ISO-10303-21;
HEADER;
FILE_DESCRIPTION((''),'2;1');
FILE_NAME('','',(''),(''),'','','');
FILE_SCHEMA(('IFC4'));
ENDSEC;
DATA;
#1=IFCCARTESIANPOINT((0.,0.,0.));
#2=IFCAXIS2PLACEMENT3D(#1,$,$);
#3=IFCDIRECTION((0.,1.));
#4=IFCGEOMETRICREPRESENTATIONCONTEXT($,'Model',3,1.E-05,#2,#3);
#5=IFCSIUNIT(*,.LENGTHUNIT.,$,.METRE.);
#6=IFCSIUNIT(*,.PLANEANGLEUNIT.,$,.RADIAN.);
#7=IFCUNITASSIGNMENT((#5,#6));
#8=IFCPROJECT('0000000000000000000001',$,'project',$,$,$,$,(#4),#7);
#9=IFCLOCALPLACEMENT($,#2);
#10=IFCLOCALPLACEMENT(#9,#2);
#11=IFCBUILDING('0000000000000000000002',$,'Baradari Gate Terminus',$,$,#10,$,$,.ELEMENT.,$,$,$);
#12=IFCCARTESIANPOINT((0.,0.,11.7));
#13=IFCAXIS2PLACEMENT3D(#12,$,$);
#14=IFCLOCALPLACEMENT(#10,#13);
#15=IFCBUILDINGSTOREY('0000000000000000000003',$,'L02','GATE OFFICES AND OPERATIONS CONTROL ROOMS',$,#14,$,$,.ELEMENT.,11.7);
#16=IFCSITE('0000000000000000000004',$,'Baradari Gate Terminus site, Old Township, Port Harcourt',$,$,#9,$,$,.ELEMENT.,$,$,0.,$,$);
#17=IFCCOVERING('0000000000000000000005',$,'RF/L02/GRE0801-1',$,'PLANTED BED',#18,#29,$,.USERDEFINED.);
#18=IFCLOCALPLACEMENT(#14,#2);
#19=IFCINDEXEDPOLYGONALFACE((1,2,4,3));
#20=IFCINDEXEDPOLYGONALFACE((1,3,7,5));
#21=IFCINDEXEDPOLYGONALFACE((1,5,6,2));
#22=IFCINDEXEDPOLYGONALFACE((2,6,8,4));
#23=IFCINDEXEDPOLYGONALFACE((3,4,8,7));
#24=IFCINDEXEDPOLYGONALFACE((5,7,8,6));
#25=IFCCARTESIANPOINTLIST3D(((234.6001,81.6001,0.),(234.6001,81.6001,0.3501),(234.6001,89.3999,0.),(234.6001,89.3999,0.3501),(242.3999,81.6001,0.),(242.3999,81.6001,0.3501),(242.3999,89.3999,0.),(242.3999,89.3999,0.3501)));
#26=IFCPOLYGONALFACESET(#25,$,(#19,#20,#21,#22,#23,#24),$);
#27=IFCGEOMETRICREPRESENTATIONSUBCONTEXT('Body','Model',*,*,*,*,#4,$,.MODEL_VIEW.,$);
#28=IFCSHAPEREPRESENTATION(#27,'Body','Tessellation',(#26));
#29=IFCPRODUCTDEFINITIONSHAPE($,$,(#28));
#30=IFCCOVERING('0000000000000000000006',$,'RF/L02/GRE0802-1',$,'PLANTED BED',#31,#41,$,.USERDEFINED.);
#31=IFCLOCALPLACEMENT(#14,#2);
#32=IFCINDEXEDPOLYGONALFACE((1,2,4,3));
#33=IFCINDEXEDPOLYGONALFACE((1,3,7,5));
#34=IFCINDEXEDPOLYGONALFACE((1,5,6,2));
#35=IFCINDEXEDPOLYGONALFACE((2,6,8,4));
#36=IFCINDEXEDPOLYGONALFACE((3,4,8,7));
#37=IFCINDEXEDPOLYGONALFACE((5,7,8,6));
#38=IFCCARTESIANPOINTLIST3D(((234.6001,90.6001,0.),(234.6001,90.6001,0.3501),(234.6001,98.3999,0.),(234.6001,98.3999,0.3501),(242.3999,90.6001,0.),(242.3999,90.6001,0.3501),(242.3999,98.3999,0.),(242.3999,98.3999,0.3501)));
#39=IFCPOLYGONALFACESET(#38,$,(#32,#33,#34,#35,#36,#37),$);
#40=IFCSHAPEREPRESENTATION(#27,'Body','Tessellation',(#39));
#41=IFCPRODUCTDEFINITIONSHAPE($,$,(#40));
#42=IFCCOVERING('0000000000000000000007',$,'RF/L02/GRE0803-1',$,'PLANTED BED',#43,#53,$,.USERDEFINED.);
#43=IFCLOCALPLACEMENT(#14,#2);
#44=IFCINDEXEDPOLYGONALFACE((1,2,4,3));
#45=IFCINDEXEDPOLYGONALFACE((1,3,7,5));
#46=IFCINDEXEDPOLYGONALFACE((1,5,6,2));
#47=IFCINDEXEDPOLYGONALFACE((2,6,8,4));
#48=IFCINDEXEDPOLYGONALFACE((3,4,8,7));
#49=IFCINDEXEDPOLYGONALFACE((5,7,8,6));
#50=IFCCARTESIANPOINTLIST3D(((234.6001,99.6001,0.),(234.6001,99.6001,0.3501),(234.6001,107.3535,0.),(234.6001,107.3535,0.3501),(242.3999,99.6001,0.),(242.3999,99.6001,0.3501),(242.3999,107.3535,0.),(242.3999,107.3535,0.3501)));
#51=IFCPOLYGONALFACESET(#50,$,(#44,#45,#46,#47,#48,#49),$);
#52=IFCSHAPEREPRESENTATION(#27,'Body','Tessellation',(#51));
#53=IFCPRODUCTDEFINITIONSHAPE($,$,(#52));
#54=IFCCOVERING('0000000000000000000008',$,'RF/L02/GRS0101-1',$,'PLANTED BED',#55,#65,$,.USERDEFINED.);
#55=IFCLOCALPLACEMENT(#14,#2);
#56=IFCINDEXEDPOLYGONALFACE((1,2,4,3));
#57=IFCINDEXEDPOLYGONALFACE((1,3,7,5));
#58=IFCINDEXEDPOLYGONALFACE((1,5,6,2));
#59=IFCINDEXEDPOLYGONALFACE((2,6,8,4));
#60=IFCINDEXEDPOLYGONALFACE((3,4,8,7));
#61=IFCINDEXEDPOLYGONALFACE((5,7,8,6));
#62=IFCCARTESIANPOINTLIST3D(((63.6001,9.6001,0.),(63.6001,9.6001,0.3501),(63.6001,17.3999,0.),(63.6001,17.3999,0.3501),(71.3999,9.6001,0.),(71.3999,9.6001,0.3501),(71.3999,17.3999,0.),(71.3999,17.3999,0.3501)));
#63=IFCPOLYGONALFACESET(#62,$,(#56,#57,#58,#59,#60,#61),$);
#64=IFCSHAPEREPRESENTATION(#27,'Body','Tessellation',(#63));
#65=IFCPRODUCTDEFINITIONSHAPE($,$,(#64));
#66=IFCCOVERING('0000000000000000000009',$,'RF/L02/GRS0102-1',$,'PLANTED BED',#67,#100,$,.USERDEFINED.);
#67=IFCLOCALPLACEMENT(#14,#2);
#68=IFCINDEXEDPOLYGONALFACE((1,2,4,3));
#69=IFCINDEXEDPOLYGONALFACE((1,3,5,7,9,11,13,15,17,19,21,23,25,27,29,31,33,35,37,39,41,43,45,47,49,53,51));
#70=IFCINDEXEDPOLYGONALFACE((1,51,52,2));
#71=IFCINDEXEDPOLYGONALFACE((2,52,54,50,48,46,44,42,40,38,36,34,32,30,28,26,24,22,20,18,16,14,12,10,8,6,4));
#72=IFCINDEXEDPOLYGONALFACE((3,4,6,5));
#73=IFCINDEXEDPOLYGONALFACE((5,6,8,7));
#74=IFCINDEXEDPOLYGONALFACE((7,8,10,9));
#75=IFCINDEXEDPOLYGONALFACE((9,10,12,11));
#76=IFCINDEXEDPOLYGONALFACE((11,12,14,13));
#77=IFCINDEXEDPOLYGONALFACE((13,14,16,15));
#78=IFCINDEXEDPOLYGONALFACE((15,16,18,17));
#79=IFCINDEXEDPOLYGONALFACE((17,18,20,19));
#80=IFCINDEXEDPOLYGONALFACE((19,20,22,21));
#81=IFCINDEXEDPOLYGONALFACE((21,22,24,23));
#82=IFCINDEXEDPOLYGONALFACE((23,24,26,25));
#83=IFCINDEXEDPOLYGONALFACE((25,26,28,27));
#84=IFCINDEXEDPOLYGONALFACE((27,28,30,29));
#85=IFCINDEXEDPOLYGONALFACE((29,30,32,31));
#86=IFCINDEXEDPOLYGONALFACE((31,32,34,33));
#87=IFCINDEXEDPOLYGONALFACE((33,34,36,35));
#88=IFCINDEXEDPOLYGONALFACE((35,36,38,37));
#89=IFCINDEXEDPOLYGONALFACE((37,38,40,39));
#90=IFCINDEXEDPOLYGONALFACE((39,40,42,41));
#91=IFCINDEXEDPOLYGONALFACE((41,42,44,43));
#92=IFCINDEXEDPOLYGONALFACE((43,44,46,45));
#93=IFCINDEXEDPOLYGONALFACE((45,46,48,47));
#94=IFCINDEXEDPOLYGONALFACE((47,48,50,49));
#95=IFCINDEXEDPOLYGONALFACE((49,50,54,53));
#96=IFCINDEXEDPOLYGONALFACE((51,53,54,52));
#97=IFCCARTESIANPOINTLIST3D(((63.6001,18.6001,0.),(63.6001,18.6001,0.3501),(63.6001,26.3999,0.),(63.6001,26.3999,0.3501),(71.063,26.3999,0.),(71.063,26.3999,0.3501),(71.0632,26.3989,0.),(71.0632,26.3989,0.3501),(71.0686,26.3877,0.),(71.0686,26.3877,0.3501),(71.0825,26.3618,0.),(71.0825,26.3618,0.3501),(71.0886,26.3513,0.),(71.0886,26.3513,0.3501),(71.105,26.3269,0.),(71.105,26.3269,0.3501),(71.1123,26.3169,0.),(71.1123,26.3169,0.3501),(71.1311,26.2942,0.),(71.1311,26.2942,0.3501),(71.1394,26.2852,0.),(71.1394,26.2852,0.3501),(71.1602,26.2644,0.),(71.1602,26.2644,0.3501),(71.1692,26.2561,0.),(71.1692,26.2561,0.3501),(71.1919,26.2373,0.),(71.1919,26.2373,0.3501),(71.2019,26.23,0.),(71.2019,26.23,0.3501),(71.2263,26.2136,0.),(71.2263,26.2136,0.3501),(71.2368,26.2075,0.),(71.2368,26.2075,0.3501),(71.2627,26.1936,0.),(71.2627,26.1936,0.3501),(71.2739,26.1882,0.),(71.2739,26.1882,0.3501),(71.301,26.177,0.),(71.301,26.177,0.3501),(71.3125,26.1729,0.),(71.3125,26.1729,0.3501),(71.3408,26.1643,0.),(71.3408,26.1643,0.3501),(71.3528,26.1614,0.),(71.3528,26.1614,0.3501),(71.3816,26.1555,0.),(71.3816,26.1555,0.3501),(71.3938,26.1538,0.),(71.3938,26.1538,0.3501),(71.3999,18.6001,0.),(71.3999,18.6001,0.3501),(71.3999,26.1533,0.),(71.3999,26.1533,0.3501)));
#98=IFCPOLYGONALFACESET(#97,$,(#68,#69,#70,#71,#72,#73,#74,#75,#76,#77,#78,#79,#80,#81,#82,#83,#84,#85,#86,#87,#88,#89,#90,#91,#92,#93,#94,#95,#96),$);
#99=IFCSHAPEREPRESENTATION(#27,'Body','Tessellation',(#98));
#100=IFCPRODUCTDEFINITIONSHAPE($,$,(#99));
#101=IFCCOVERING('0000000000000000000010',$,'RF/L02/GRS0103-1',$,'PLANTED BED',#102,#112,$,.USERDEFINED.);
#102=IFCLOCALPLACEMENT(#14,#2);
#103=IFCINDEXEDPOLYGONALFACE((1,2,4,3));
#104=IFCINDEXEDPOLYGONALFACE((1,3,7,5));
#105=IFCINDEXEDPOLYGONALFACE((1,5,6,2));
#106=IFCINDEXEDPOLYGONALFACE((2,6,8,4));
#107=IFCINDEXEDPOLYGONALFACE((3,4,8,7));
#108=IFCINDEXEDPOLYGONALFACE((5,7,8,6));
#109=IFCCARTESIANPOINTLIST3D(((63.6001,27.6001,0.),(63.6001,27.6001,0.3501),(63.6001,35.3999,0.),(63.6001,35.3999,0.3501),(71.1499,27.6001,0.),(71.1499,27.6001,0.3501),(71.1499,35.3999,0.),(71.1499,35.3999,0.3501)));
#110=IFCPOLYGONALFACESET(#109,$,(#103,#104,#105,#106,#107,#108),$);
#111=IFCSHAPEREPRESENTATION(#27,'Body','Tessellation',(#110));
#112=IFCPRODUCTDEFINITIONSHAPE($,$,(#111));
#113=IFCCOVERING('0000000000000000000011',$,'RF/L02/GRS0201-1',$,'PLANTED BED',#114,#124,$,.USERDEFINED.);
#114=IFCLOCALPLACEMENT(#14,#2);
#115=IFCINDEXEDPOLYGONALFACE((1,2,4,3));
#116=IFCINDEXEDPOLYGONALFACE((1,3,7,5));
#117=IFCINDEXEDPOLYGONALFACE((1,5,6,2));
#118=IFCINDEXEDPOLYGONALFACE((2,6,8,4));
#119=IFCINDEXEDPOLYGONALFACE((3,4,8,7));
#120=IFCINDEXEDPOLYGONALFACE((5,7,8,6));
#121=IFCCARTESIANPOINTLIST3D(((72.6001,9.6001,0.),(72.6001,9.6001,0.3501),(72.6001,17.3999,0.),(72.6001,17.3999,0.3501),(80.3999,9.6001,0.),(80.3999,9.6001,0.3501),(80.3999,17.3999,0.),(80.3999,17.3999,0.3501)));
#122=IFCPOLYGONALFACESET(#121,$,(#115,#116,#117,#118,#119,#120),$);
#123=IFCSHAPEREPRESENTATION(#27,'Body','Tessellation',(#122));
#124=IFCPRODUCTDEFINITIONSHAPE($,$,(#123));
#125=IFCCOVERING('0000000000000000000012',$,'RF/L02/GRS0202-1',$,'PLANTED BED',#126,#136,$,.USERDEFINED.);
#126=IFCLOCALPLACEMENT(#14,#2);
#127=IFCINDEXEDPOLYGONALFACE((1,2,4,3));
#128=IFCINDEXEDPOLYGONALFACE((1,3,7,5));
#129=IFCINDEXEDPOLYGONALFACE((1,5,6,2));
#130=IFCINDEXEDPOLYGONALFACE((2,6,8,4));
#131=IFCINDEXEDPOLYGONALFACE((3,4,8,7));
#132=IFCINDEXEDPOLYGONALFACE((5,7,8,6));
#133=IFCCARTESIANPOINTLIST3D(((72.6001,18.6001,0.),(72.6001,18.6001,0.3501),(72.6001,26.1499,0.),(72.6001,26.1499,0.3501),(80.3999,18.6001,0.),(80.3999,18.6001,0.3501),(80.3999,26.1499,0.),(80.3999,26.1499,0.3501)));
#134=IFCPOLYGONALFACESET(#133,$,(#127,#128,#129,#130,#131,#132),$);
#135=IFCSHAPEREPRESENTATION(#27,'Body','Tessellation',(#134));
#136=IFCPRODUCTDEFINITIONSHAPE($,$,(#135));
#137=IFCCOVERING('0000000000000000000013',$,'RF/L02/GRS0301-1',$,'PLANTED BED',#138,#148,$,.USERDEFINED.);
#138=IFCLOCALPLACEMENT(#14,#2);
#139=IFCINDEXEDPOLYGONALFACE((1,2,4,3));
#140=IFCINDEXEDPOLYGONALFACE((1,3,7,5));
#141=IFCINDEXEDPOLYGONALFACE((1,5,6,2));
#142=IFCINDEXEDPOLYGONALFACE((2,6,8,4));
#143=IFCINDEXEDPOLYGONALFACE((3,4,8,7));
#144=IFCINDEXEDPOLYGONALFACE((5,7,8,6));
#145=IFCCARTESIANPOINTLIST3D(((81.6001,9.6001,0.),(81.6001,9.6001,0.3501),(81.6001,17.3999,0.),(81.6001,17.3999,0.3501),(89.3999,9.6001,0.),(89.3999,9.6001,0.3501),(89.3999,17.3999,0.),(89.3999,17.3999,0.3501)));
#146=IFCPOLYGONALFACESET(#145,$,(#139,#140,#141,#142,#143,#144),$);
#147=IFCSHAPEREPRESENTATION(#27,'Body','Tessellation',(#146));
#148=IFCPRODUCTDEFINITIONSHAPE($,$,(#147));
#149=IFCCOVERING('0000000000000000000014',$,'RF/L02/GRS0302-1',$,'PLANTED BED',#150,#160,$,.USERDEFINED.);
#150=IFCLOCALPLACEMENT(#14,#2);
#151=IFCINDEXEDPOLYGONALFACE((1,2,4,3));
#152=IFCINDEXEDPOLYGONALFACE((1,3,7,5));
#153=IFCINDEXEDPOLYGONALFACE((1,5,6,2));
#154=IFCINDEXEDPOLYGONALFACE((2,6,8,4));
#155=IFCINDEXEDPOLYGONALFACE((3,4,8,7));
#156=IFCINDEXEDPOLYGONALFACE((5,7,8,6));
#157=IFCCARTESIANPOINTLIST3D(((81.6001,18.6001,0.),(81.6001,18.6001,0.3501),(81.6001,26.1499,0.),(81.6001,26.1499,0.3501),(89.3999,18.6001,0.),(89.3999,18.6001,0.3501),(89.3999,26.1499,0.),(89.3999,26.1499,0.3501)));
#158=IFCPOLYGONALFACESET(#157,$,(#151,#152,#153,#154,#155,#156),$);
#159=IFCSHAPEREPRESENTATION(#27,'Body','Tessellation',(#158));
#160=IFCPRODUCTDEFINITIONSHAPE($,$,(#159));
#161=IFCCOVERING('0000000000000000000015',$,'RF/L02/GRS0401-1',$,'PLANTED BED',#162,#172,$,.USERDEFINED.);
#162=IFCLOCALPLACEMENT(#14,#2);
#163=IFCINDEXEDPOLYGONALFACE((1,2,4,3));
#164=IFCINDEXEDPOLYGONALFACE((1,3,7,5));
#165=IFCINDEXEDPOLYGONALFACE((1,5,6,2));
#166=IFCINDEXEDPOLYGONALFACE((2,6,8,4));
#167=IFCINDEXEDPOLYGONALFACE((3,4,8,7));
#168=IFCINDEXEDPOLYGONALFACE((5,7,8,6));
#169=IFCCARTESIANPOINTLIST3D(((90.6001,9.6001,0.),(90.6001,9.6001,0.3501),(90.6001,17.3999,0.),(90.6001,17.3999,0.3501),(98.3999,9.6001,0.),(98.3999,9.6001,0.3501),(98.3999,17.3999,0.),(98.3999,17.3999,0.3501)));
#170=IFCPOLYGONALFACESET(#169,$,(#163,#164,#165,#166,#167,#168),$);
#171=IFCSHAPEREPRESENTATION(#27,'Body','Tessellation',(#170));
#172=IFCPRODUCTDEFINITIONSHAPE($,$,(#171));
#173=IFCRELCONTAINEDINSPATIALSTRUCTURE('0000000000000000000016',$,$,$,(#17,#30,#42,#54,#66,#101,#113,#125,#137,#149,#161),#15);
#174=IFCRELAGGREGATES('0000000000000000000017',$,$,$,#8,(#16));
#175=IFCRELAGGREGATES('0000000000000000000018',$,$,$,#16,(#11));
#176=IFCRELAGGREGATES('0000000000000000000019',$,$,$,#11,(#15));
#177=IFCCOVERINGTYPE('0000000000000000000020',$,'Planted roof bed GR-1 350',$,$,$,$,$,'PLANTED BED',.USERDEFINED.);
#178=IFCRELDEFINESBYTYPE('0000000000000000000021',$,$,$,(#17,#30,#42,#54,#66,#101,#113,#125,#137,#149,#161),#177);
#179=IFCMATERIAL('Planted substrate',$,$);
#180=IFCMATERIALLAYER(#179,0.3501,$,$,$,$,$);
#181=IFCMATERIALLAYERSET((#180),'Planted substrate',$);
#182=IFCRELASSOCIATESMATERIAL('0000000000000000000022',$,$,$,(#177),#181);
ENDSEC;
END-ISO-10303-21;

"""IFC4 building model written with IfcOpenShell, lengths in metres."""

from ifc_helpers import new_model, si_unit, direction, frame, origin, place, context, subcontext, project, spatial, polyline, outline, extrude, material, layer, layer_set, type_object, element, save


model = new_model("IFC4")

# Units and contexts
model_context = context("Model", 3, precision=1e-05, world=origin(), true_north=direction((0.0, 1.0)))
body_context = subcontext(model_context, "Body", "Model", "MODEL_VIEW")
ifc_project = project(units=[si_unit("LENGTHUNIT", "METRE"), si_unit("PLANEANGLEUNIT", "RADIAN")], contexts=[model_context])

# Site, building, storey
site_placement = place(None, origin())
site = spatial("IfcSite", under=ifc_project, at=site_placement, Name="Baradari Gate Terminus site, Old Township, Port Harcourt", CompositionType="ELEMENT", RefElevation=0.0)
building_placement = place(site_placement, origin())
building = spatial("IfcBuilding", under=site, at=building_placement, Name="Baradari Gate Terminus", CompositionType="ELEMENT")
storey_placement = place(building_placement, frame((0.0, 0.0, 11.7)))
storey = spatial("IfcBuildingStorey", under=building, at=storey_placement, Name="L02", Description="GATE OFFICES AND OPERATIONS CONTROL ROOMS", CompositionType="ELEMENT", Elevation=11.7)

# Coverings
ifc_material = material(Name="Planted substrate")
ifc_layer = layer(ifc_material, 0.3501)
ifc_layer_set = layer_set([ifc_layer], Name="Planted substrate")
covering_type = type_object("IfcCoveringType", Name="Planted roof bed GR-1 350", ElementType="PLANTED BED", PredefinedType="USERDEFINED", material=ifc_layer_set)
covering_1_placement = place(storey_placement, origin())
element("IfcCovering", 1, at=covering_1_placement, inside=storey, type_object=covering_type, Name="RF/L02/GRE0801-1", ObjectType="PLANTED BED", PredefinedType="USERDEFINED", context=body_context, shape_type="SweptSolid", body=[
    extrude(outline(polyline([(234.6001, 89.3999), (242.3999, 89.3999), (242.3999, 81.6001), (234.6001, 81.6001), (234.6001, 89.3999)])), origin(), (0.0, 0.0, 1.0), 0.3501),
])
covering_2_placement = place(storey_placement, origin())
element("IfcCovering", 2, at=covering_2_placement, inside=storey, type_object=covering_type, Name="RF/L02/GRE0802-1", ObjectType="PLANTED BED", PredefinedType="USERDEFINED", context=body_context, shape_type="SweptSolid", body=[
    extrude(outline(polyline([(234.6001, 98.3999), (242.3999, 98.3999), (242.3999, 90.6001), (234.6001, 90.6001), (234.6001, 98.3999)])), origin(), (0.0, 0.0, 1.0), 0.3501),
])
covering_3_placement = place(storey_placement, origin())
element("IfcCovering", 3, at=covering_3_placement, inside=storey, type_object=covering_type, Name="RF/L02/GRE0803-1", ObjectType="PLANTED BED", PredefinedType="USERDEFINED", context=body_context, shape_type="SweptSolid", body=[
    extrude(outline(polyline([(234.6001, 107.3535), (242.3999, 107.3535), (242.3999, 99.6001), (234.6001, 99.6001), (234.6001, 107.3535)])), origin(), (0.0, 0.0, 1.0), 0.3501),
])
covering_4_placement = place(storey_placement, origin())
element("IfcCovering", 4, at=covering_4_placement, inside=storey, type_object=covering_type, Name="RF/L02/GRS0101-1", ObjectType="PLANTED BED", PredefinedType="USERDEFINED", context=body_context, shape_type="SweptSolid", body=[
    extrude(outline(polyline([(63.6001, 17.3999), (71.3999, 17.3999), (71.3999, 9.6001), (63.6001, 9.6001), (63.6001, 17.3999)])), origin(), (0.0, 0.0, 1.0), 0.3501),
])
covering_5_placement = place(storey_placement, origin())
element("IfcCovering", 5, at=covering_5_placement, inside=storey, type_object=covering_type, Name="RF/L02/GRS0102-1", ObjectType="PLANTED BED", PredefinedType="USERDEFINED", context=body_context, shape_type="SweptSolid", body=[
    extrude(outline(polyline([(63.6001, 26.3999), (71.063, 26.3999), (71.0632, 26.3989), (71.0686, 26.3877), (71.0825, 26.3618), (71.0886, 26.3513), (71.105, 26.3269), (71.1123, 26.3169), (71.1311, 26.2942), (71.1394, 26.2852), (71.1602, 26.2644), (71.1692, 26.2561), (71.1919, 26.2373), (71.2019, 26.23), (71.2263, 26.2136), (71.2368, 26.2075), (71.2627, 26.1936), (71.2739, 26.1882), (71.301, 26.177), (71.3125, 26.1729), (71.3408, 26.1643), (71.3528, 26.1614), (71.3816, 26.1555), (71.3938, 26.1538), (71.3999, 26.1533), (71.3999, 18.6001), (63.6001, 18.6001), (63.6001, 26.3999)])), origin(), (0.0, 0.0, 1.0), 0.3501),
])
covering_6_placement = place(storey_placement, origin())
element("IfcCovering", 6, at=covering_6_placement, inside=storey, type_object=covering_type, Name="RF/L02/GRS0103-1", ObjectType="PLANTED BED", PredefinedType="USERDEFINED", context=body_context, shape_type="SweptSolid", body=[
    extrude(outline(polyline([(63.6001, 35.3999), (71.1499, 35.3999), (71.1499, 27.6001), (63.6001, 27.6001), (63.6001, 35.3999)])), origin(), (0.0, 0.0, 1.0), 0.3501),
])
covering_7_placement = place(storey_placement, origin())
element("IfcCovering", 7, at=covering_7_placement, inside=storey, type_object=covering_type, Name="RF/L02/GRS0201-1", ObjectType="PLANTED BED", PredefinedType="USERDEFINED", context=body_context, shape_type="SweptSolid", body=[
    extrude(outline(polyline([(72.6001, 17.3999), (80.3999, 17.3999), (80.3999, 9.6001), (72.6001, 9.6001), (72.6001, 17.3999)])), origin(), (0.0, 0.0, 1.0), 0.3501),
])
covering_8_placement = place(storey_placement, origin())
element("IfcCovering", 8, at=covering_8_placement, inside=storey, type_object=covering_type, Name="RF/L02/GRS0202-1", ObjectType="PLANTED BED", PredefinedType="USERDEFINED", context=body_context, shape_type="SweptSolid", body=[
    extrude(outline(polyline([(72.6001, 18.6001), (72.6001, 26.1499), (80.3999, 26.1499), (80.3999, 18.6001), (72.6001, 18.6001)])), origin(), (0.0, 0.0, 1.0), 0.3501),
])
covering_9_placement = place(storey_placement, origin())
element("IfcCovering", 9, at=covering_9_placement, inside=storey, type_object=covering_type, Name="RF/L02/GRS0301-1", ObjectType="PLANTED BED", PredefinedType="USERDEFINED", context=body_context, shape_type="SweptSolid", body=[
    extrude(outline(polyline([(81.6001, 17.3999), (89.3999, 17.3999), (89.3999, 9.6001), (81.6001, 9.6001), (81.6001, 17.3999)])), origin(), (0.0, 0.0, 1.0), 0.3501),
])
covering_10_placement = place(storey_placement, origin())
element("IfcCovering", 10, at=covering_10_placement, inside=storey, type_object=covering_type, Name="RF/L02/GRS0302-1", ObjectType="PLANTED BED", PredefinedType="USERDEFINED", context=body_context, shape_type="SweptSolid", body=[
    extrude(outline(polyline([(81.6001, 18.6001), (81.6001, 26.1499), (89.3999, 26.1499), (89.3999, 18.6001), (81.6001, 18.6001)])), origin(), (0.0, 0.0, 1.0), 0.3501),
])
covering_11_placement = place(storey_placement, origin())
element("IfcCovering", 11, at=covering_11_placement, inside=storey, type_object=covering_type, Name="RF/L02/GRS0401-1", ObjectType="PLANTED BED", PredefinedType="USERDEFINED", context=body_context, shape_type="SweptSolid", body=[
    extrude(outline(polyline([(90.6001, 17.3999), (98.3999, 17.3999), (98.3999, 9.6001), (90.6001, 9.6001), (90.6001, 17.3999)])), origin(), (0.0, 0.0, 1.0), 0.3501),
])

save(model, "model.ifc")
